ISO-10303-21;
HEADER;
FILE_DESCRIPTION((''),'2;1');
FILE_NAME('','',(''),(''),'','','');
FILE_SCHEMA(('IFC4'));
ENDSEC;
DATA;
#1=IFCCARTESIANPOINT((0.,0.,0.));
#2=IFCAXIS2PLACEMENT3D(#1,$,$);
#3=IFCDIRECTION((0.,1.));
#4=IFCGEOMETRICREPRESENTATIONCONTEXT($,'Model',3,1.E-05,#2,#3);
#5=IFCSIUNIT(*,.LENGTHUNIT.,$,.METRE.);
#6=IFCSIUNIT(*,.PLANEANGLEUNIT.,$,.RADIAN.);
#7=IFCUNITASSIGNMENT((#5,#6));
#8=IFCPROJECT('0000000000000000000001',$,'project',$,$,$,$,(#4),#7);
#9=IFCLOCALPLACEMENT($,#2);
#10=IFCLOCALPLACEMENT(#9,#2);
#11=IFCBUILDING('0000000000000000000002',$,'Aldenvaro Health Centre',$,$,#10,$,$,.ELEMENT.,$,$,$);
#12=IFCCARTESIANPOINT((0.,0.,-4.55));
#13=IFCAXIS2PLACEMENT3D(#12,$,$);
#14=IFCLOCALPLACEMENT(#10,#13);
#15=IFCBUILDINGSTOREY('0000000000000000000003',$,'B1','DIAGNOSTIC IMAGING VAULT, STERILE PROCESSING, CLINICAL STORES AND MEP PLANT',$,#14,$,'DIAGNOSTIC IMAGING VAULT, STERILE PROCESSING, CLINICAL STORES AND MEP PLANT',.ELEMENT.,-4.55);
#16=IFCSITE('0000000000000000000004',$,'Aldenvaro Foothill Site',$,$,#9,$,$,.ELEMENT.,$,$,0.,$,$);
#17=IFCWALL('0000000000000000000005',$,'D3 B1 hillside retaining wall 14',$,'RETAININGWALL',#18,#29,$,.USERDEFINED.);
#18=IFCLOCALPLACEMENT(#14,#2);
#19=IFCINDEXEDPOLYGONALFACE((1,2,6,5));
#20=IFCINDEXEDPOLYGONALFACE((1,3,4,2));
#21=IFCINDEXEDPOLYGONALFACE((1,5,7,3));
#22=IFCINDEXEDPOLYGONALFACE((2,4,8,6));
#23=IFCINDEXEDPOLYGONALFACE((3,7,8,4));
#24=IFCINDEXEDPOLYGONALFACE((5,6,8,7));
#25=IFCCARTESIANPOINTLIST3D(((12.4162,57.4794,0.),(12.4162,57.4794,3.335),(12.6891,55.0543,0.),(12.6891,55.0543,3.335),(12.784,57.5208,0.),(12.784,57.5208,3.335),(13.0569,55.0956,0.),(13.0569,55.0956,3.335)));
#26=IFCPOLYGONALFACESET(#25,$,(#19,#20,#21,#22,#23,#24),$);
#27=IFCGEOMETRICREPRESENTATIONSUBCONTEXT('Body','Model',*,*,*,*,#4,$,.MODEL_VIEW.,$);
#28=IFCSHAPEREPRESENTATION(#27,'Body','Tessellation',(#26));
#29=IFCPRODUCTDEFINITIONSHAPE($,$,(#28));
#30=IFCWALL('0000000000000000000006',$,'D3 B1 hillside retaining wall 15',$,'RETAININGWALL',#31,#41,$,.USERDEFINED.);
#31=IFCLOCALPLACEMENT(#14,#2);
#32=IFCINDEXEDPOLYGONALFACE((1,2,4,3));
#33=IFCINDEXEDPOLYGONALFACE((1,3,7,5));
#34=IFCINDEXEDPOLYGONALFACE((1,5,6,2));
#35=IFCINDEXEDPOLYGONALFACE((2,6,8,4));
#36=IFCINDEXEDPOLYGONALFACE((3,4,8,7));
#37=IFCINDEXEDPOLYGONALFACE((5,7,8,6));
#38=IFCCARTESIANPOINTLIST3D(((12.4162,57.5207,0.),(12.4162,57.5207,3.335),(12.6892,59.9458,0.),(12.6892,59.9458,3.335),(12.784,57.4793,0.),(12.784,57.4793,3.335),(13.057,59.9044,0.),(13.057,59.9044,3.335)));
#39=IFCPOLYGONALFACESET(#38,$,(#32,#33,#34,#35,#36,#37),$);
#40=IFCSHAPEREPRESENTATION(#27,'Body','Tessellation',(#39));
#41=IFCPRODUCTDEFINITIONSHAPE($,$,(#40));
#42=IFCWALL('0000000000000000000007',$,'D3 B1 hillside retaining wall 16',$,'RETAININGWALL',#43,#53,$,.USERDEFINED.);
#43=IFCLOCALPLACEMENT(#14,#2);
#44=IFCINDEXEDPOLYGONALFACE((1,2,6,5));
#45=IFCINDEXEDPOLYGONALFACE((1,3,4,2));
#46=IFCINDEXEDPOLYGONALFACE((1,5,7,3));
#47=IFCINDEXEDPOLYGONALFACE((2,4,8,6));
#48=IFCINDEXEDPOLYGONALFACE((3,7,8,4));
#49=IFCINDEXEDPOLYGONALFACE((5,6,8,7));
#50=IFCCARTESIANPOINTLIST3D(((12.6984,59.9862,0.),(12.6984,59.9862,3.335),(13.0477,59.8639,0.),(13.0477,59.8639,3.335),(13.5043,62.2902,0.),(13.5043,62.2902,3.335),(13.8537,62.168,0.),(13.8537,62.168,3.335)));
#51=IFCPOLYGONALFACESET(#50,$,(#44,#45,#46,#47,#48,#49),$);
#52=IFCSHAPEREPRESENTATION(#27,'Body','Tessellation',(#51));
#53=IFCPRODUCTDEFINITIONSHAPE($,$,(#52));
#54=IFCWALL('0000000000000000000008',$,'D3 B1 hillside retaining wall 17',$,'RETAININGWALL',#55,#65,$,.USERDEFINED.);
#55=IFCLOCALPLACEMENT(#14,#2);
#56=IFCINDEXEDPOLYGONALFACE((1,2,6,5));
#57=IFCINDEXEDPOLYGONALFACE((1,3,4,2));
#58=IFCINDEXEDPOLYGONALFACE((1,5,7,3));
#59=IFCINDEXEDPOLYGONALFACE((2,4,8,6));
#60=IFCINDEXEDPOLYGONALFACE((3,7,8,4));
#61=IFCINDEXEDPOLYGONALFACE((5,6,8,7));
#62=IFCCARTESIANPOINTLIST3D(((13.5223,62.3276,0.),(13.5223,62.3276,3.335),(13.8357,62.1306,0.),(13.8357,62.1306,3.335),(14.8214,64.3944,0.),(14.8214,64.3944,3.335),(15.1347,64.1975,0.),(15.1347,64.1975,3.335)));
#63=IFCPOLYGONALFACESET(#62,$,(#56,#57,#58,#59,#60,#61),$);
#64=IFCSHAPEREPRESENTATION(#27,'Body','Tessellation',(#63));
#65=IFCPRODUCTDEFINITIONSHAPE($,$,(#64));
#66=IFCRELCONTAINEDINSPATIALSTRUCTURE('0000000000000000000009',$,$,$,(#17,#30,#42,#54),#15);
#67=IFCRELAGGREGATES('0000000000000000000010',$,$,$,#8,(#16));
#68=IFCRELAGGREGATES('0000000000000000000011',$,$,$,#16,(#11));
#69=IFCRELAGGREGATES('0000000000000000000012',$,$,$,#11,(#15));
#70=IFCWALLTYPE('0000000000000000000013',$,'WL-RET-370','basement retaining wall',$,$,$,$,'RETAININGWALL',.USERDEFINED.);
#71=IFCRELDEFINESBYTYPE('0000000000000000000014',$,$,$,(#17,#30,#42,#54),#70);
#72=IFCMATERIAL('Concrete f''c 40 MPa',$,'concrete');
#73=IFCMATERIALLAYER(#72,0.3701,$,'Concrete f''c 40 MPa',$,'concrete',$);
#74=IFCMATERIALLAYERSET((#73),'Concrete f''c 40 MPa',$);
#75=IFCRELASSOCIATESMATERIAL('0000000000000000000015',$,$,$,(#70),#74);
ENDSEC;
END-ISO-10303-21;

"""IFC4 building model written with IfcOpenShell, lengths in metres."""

from ifc_helpers import new_model, si_unit, direction, frame, frame_2d, origin, place, context, subcontext, project, spatial, rectangle, extrude, material, layer, layer_set, type_object, element, save


model = new_model("IFC4")

# Units and contexts
model_context = context("Model", 3, precision=1e-05, world=origin(), true_north=direction((0.0, 1.0)))
body_context = subcontext(model_context, "Body", "Model", "MODEL_VIEW")
ifc_project = project(units=[si_unit("LENGTHUNIT", "METRE"), si_unit("PLANEANGLEUNIT", "RADIAN")], contexts=[model_context])

# Site, building, storey
site_placement = place(None, origin())
site = spatial("IfcSite", under=ifc_project, at=site_placement, Name="Aldenvaro Foothill Site", CompositionType="ELEMENT", RefElevation=0.0)
building_placement = place(site_placement, origin())
building = spatial("IfcBuilding", under=site, at=building_placement, Name="Aldenvaro Health Centre", CompositionType="ELEMENT")
storey_placement = place(building_placement, frame((0.0, 0.0, -4.55)))
storey = spatial("IfcBuildingStorey", under=building, at=storey_placement, Name="B1", Description="DIAGNOSTIC IMAGING VAULT, STERILE PROCESSING, CLINICAL STORES AND MEP PLANT", LongName="DIAGNOSTIC IMAGING VAULT, STERILE PROCESSING, CLINICAL STORES AND MEP PLANT", CompositionType="ELEMENT", Elevation=-4.55)

# Shared definitions
ifc_material_1 = material(Name="Concrete f'c 40 MPa", Category="concrete")

# Walls
ifc_layer_1 = layer(ifc_material_1, 0.3701, Name="Concrete f'c 40 MPa", Category="concrete")
ifc_layer_set_1 = layer_set([ifc_layer_1], Name="Concrete f'c 40 MPa")
wall_type = type_object("IfcWallType", Name="WL-RET-370", Description="basement retaining wall", ElementType="RETAININGWALL", PredefinedType="USERDEFINED", material=ifc_layer_set_1)
for number, where, z_axis, x_axis, name in (
    (1, (12.873, 55.075, 0.0), (0.0, 0.0, 1.0), (-0.111848, 0.993725, 0.0), "D3 B1 hillside retaining wall 14"),
    (2, (12.6001, 57.5, 0.0), (0.0, 0.0, 1.0), (0.111848, 0.993725, 0.0), "D3 B1 hillside retaining wall 15"),
):
    element("IfcWall", number, at=place(storey_placement, frame(where, z_axis=z_axis, x_axis=x_axis)), inside=storey, type_object=wall_type, Name=name, ObjectType="RETAININGWALL", PredefinedType="USERDEFINED", context=body_context, shape_type="SweptSolid", body=[
        extrude(rectangle(XDim=2.4404, YDim=0.3701, at=frame_2d((1.2202, 0.0))), origin(), (0.0, 0.0, 1.0), 3.335),
    ])
wall_1_placement = place(storey_placement, frame((12.873, 59.925, 0.0), z_axis=(0.0, 0.0, 1.0), x_axis=(0.330177, 0.943919, 0.0)))
element("IfcWall", 3, at=wall_1_placement, inside=storey, type_object=wall_type, Name="D3 B1 hillside retaining wall 16", ObjectType="RETAININGWALL", PredefinedType="USERDEFINED", context=body_context, shape_type="SweptSolid", body=[
    extrude(rectangle(XDim=2.4409, YDim=0.3701, at=frame_2d((1.2205, 0.0))), origin(), (0.0, 0.0, 1.0), 3.335),
])
wall_2_placement = place(storey_placement, frame((13.679, 62.229, 0.0), z_axis=(0.0, 0.0, 1.0), x_axis=(0.532137, 0.846658, 0.0)))
element("IfcWall", 4, at=wall_2_placement, inside=storey, type_object=wall_type, Name="D3 B1 hillside retaining wall 17", ObjectType="RETAININGWALL", PredefinedType="USERDEFINED", context=body_context, shape_type="SweptSolid", body=[
    extrude(rectangle(XDim=2.4412, YDim=0.3701, at=frame_2d((1.2207, 0.0))), origin(), (0.0, 0.0, 1.0), 3.335),
])

save(model, "model.ifc")
